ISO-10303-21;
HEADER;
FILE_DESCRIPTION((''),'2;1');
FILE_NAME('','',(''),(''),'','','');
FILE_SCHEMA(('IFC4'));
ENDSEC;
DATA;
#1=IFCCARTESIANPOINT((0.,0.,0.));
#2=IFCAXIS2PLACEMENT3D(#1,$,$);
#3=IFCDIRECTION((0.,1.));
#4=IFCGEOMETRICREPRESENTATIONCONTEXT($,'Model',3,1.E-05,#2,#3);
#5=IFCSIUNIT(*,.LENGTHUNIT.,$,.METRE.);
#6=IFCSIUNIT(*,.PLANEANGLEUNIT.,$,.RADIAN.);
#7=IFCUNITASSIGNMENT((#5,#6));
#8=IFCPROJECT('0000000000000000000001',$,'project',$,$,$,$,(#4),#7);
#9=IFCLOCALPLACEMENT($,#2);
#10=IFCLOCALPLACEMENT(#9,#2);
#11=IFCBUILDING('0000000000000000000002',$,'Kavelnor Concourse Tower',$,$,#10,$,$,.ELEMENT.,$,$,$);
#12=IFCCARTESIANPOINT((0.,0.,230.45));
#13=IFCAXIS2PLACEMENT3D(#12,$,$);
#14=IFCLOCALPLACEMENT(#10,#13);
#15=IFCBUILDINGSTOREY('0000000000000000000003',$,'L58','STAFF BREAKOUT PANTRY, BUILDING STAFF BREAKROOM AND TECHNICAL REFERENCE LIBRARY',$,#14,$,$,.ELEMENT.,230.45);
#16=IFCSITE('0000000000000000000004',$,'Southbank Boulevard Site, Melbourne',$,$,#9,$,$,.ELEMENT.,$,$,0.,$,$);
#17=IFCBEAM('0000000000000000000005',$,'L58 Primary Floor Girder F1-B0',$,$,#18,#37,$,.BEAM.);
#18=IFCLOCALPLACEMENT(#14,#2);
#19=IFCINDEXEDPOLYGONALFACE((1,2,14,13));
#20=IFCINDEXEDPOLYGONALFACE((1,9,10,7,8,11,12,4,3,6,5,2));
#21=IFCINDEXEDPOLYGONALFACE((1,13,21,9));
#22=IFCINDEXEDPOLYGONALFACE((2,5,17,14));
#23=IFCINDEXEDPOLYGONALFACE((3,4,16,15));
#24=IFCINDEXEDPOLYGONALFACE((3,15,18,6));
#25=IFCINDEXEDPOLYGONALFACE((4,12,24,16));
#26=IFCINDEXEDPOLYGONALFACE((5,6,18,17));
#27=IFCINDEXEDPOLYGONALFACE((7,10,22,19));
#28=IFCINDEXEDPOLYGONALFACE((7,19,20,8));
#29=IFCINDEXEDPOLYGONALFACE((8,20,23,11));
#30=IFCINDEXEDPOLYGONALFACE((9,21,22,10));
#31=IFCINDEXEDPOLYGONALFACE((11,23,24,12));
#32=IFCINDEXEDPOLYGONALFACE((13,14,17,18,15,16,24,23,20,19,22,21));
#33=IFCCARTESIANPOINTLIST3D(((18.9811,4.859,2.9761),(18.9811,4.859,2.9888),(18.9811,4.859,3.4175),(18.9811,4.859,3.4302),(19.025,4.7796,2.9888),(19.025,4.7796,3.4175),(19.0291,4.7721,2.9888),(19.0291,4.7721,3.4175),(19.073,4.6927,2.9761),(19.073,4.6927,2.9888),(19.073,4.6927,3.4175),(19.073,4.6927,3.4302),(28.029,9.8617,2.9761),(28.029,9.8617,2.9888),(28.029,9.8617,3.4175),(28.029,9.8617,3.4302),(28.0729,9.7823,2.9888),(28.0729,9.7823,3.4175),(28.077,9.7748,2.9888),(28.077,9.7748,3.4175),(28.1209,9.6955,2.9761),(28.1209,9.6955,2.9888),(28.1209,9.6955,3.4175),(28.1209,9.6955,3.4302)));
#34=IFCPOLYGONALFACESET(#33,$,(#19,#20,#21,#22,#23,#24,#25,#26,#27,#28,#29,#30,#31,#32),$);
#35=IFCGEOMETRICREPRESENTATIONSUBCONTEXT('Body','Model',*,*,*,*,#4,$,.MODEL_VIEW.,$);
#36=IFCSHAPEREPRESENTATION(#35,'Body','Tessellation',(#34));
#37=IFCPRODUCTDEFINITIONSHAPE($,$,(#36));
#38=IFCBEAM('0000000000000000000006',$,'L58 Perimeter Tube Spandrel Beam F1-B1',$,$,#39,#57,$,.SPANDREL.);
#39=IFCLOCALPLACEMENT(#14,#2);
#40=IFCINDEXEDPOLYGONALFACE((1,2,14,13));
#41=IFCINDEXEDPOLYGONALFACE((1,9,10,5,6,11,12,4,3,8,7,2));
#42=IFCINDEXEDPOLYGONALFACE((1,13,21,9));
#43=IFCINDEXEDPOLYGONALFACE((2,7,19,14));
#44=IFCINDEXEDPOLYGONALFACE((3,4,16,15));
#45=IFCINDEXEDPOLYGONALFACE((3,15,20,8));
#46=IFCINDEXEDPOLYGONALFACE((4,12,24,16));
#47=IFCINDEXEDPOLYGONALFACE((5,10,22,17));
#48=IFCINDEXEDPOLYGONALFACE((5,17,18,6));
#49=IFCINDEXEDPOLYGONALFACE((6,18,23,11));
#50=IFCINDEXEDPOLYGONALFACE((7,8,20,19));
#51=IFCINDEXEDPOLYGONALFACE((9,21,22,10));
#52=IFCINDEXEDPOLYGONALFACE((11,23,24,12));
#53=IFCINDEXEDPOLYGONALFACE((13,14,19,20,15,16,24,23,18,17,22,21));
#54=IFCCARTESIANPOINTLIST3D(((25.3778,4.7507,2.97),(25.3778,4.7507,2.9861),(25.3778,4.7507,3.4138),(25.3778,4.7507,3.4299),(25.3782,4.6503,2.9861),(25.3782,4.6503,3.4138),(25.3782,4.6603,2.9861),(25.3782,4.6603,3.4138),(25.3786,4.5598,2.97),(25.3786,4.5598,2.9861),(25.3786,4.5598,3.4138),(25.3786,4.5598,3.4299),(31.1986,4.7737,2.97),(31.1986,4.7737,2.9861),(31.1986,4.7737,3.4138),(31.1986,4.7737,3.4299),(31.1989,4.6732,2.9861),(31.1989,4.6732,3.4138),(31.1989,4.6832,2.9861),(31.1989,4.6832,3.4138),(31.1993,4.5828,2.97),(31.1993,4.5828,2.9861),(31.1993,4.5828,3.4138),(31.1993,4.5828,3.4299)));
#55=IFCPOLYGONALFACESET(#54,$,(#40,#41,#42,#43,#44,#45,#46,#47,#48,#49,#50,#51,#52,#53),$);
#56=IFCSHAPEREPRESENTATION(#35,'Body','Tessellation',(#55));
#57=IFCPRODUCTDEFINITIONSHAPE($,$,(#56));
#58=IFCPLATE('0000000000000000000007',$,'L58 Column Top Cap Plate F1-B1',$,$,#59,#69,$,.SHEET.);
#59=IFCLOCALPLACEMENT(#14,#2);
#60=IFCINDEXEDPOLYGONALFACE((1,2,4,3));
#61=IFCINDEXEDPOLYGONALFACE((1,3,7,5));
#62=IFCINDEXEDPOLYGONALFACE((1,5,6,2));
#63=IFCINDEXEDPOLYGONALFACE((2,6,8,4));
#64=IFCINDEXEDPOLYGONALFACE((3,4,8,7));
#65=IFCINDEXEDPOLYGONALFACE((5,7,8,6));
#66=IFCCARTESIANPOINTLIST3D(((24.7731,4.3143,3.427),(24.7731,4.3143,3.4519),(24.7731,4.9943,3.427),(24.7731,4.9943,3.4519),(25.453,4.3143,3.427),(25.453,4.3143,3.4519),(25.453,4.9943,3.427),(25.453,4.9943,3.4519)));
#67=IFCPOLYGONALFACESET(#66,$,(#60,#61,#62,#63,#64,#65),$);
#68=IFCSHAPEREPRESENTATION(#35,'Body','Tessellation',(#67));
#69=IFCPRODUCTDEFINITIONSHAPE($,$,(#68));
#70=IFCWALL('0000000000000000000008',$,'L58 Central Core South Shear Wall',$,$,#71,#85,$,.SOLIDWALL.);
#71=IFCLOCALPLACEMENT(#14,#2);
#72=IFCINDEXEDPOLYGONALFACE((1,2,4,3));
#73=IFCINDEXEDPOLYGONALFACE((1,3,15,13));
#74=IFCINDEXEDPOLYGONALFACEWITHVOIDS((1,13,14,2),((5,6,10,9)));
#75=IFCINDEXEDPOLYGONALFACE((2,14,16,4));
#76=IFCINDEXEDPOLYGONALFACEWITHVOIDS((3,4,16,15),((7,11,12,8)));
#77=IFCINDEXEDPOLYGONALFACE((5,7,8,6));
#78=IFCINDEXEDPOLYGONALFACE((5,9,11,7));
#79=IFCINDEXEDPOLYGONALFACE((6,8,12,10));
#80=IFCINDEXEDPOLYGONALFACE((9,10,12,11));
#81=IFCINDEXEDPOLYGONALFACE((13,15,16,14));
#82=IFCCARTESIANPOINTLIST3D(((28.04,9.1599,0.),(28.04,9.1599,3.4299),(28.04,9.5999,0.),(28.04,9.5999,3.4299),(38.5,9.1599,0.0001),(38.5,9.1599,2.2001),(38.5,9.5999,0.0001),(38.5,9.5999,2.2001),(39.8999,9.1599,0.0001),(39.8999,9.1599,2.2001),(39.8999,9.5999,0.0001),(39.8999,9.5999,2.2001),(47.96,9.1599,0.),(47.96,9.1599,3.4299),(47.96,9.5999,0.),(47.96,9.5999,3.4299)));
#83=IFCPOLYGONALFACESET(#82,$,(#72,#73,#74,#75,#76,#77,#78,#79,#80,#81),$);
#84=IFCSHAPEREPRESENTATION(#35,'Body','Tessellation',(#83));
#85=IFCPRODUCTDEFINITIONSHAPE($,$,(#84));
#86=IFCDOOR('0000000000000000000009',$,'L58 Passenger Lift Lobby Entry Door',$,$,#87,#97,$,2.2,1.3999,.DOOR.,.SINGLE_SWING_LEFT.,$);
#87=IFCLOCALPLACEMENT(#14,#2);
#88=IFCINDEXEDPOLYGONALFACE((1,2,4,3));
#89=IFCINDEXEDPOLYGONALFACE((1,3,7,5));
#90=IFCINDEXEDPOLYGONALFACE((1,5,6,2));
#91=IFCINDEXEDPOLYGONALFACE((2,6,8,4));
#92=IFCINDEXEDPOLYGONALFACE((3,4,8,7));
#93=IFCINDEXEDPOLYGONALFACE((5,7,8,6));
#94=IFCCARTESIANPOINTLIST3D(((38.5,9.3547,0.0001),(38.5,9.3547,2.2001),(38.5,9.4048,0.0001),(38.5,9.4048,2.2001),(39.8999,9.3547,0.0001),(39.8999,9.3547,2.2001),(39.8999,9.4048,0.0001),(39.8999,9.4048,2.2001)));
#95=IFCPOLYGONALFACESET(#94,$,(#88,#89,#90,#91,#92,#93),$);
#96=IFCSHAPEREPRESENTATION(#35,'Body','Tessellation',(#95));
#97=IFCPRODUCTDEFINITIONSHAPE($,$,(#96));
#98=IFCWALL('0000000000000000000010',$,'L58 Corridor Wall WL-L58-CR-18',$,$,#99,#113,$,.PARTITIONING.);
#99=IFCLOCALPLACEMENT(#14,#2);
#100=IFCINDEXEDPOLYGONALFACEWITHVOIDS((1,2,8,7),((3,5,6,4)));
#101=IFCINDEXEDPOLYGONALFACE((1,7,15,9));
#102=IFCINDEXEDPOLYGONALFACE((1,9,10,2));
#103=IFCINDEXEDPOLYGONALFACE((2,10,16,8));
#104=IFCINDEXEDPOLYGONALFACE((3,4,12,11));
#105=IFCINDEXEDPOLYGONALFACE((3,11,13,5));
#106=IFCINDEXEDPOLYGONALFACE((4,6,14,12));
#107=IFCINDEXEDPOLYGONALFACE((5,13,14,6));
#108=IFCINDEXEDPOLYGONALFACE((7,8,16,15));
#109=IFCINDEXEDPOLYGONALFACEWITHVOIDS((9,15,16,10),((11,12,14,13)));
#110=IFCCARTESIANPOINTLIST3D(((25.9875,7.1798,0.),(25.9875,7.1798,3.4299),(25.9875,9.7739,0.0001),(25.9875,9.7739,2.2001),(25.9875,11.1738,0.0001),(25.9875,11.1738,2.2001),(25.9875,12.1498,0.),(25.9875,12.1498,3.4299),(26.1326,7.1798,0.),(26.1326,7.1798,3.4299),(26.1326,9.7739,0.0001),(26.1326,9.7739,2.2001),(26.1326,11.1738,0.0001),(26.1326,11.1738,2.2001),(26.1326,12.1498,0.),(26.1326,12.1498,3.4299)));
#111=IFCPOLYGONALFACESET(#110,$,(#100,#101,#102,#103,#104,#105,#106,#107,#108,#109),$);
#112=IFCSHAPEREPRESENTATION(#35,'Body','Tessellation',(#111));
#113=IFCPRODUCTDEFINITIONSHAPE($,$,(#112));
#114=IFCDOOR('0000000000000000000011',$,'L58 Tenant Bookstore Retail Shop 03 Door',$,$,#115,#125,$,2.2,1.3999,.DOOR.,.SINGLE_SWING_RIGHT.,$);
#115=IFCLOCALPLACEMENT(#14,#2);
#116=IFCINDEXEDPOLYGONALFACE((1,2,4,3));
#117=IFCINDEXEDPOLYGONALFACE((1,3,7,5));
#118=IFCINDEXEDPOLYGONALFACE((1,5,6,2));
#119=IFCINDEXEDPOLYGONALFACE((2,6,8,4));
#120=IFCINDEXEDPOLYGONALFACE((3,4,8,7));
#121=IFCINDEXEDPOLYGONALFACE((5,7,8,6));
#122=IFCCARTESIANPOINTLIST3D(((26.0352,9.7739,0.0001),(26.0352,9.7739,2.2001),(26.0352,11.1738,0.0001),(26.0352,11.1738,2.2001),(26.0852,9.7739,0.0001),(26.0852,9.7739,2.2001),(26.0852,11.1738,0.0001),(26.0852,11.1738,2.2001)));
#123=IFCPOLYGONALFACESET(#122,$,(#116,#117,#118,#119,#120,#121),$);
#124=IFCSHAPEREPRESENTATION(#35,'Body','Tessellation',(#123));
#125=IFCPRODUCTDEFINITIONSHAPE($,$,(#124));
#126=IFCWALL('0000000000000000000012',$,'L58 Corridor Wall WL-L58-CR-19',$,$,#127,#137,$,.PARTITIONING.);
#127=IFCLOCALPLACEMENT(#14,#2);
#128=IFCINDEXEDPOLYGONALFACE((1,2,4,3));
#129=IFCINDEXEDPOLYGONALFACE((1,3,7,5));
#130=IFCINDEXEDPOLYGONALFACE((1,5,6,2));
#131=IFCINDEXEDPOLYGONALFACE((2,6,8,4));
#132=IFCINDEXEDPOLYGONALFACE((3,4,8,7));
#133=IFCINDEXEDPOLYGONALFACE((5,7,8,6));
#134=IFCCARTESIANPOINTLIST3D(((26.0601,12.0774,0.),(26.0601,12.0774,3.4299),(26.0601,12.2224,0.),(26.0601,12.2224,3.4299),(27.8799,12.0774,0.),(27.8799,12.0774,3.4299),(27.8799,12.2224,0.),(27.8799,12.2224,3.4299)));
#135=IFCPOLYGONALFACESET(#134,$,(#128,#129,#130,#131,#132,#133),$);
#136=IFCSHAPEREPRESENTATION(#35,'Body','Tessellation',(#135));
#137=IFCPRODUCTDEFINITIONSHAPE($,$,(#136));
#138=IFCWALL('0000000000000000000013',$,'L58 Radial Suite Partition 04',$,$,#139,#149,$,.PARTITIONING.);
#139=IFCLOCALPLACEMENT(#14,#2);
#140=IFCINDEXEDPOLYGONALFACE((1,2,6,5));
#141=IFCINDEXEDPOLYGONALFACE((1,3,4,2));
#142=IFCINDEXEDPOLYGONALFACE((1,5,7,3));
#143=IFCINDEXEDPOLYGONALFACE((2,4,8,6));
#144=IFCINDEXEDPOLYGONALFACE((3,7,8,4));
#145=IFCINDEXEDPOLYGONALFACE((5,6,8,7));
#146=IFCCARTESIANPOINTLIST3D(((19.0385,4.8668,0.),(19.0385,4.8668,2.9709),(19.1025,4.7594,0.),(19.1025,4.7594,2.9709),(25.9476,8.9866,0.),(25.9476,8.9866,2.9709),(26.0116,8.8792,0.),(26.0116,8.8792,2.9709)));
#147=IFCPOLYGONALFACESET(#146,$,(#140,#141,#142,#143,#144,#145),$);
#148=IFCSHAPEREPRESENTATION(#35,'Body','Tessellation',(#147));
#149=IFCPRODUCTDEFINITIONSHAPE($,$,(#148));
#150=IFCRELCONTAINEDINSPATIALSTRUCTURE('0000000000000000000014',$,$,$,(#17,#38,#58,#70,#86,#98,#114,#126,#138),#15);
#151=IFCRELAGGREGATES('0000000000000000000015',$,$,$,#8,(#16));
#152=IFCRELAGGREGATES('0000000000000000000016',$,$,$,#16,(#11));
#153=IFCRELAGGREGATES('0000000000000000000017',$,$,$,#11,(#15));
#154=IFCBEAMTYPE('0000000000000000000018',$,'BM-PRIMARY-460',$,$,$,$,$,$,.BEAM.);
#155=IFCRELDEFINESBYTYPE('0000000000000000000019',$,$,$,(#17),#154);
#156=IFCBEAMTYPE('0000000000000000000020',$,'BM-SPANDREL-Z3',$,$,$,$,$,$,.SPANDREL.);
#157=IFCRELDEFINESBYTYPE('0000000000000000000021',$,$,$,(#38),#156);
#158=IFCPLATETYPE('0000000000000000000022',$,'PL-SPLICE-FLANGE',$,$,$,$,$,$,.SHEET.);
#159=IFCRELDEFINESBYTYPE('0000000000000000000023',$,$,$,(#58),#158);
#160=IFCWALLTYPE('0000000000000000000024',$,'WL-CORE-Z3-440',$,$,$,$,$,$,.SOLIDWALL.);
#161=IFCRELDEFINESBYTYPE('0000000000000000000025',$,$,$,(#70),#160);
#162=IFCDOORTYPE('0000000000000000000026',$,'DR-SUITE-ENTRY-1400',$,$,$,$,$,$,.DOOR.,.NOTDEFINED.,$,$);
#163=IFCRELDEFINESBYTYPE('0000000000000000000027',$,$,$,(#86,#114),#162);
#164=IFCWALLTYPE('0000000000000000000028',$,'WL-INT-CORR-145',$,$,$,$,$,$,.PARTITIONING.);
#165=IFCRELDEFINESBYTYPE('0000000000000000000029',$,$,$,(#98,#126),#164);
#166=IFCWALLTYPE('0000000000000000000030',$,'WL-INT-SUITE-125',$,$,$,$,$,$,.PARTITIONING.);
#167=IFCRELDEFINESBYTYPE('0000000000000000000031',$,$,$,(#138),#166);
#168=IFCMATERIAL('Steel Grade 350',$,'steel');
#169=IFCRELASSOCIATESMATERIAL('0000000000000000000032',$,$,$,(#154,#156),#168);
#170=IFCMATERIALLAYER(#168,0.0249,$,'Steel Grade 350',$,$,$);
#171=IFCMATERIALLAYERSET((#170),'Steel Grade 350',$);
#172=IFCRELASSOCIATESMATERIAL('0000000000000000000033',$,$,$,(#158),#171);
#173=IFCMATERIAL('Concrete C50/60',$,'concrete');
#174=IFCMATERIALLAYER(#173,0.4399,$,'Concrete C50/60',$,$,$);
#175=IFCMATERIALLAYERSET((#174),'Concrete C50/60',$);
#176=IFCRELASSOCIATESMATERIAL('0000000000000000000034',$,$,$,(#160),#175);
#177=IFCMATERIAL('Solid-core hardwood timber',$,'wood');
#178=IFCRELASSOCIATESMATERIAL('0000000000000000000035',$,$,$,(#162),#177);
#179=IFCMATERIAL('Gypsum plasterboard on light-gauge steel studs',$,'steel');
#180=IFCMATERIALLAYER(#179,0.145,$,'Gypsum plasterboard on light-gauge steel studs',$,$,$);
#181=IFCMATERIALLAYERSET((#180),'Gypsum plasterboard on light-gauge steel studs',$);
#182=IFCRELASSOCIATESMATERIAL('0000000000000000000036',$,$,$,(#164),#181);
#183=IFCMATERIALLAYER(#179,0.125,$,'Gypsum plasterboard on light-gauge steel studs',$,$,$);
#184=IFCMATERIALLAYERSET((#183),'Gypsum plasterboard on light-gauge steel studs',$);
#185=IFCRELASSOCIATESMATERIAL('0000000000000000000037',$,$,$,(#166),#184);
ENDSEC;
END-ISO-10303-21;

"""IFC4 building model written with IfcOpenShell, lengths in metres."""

from ifc_helpers import new_model, si_unit, direction, frame, frame_2d, origin, origin_2d, place, context, subcontext, project, spatial, rectangle, i_section, extrude, material, layer, layer_set, material_profile, profile_set, type_object, element, fill, save


model = new_model("IFC4")

# Units and contexts
model_context = context("Model", 3, precision=1e-05, world=origin(), true_north=direction((0.0, 1.0)))
body_context = subcontext(model_context, "Body", "Model", "MODEL_VIEW")
ifc_project = project(units=[si_unit("LENGTHUNIT", "METRE"), si_unit("PLANEANGLEUNIT", "RADIAN")], contexts=[model_context])

# Site, building, storey
site_placement = place(None, origin())
site = spatial("IfcSite", under=ifc_project, at=site_placement, Name="Southbank Boulevard Site, Melbourne", CompositionType="ELEMENT", RefElevation=0.0)
building_placement = place(site_placement, origin())
building = spatial("IfcBuilding", under=site, at=building_placement, Name="Kavelnor Concourse Tower", CompositionType="ELEMENT")
storey_placement = place(building_placement, frame((0.0, 0.0, 230.45)))
storey = spatial("IfcBuildingStorey", under=building, at=storey_placement, Name="L58", Description="STAFF BREAKOUT PANTRY, BUILDING STAFF BREAKROOM AND TECHNICAL REFERENCE LIBRARY", CompositionType="ELEMENT", Elevation=230.45)

# Shared definitions
ifc_material_1 = material(Name="Steel Grade 350", Category="steel")

# Beams
ifc_material_profile_1 = material_profile(ifc_material_1, i_section(OverallWidth=0.1899, OverallDepth=0.4541, WebThickness=0.0085, FlangeThickness=0.0127, at=origin_2d()), Name="460UB67")
ifc_profile_set_1 = profile_set([ifc_material_profile_1], Name="Steel Grade 350")
beam_type_1 = type_object("IfcBeamType", Name="BM-PRIMARY-460", PredefinedType="BEAM", material=ifc_profile_set_1)
beam_1_placement = place(storey_placement, frame((28.075, 9.7786, 3.2031), z_axis=(-0.875137, -0.483876, 0.0), x_axis=(0.483876, -0.875137, 0.0)))
element("IfcBeam", 1, at=beam_1_placement, inside=storey, type_object=beam_type_1, Name="L58 Primary Floor Girder F1-B0", PredefinedType="BEAM", context=body_context, shape_type="SweptSolid", body=[
    extrude(i_section(OverallWidth=0.1899, OverallDepth=0.4541, WebThickness=0.0085, FlangeThickness=0.0127, at=origin_2d()), origin(), (0.0, 0.0, 1.0), 10.3389),
])
ifc_material_profile_2 = material_profile(ifc_material_1, i_section(OverallWidth=0.1909, OverallDepth=0.46, WebThickness=0.01, FlangeThickness=0.0161, at=origin_2d()), Name="460UB82")
ifc_profile_set_2 = profile_set([ifc_material_profile_2], Name="Steel Grade 350")
beam_type_2 = type_object("IfcBeamType", Name="BM-SPANDREL-Z3", PredefinedType="SPANDREL", material=ifc_profile_set_2)
beam_2_placement = place(storey_placement, frame((25.3782, 4.6553, 3.2), z_axis=(0.999992, 0.003943, 0.0), x_axis=(-0.003943, 0.999992, 0.0)))
element("IfcBeam", 2, at=beam_2_placement, inside=storey, type_object=beam_type_2, Name="L58 Perimeter Tube Spandrel Beam F1-B1", PredefinedType="SPANDREL", context=body_context, shape_type="SweptSolid", body=[
    extrude(i_section(OverallWidth=0.1909, OverallDepth=0.46, WebThickness=0.01, FlangeThickness=0.0161, at=origin_2d()), origin(), (0.0, 0.0, 1.0), 5.8208),
])

# Plate
ifc_layer_1 = layer(ifc_material_1, 0.0249, Name="Steel Grade 350")
ifc_layer_set_1 = layer_set([ifc_layer_1], Name="Steel Grade 350")
plate_type = type_object("IfcPlateType", Name="PL-SPLICE-FLANGE", PredefinedType="SHEET", material=ifc_layer_set_1)
plate_placement = place(storey_placement, frame((25.113, 4.6543, 3.427), z_axis=(0.0, 0.0, 1.0), x_axis=(1.0, 0.0, 0.0)))
element("IfcPlate", 3, at=plate_placement, inside=storey, type_object=plate_type, Name="L58 Column Top Cap Plate F1-B1", PredefinedType="SHEET", context=body_context, shape_type="SweptSolid", body=[
    extrude(rectangle(XDim=0.6799, YDim=0.6799, at=origin_2d()), origin(), (0.0, 0.0, 1.0), 0.0249),
])

# Walls, openings, doors
ifc_material_2 = material(Name="Concrete C50/60", Category="concrete")
ifc_layer_2 = layer(ifc_material_2, 0.4399, Name="Concrete C50/60")
ifc_layer_set_2 = layer_set([ifc_layer_2], Name="Concrete C50/60")
wall_type_1 = type_object("IfcWallType", Name="WL-CORE-Z3-440", PredefinedType="SOLIDWALL", material=ifc_layer_set_2)
wall_1_placement = place(storey_placement, frame((28.04, 9.3799, 0.0), z_axis=(0.0, 0.0, 1.0), x_axis=(1.0, 0.0, 0.0)))
wall_1 = element("IfcWall", 4, at=wall_1_placement, inside=storey, type_object=wall_type_1, Name="L58 Central Core South Shear Wall", PredefinedType="SOLIDWALL", context=body_context, shape_type="SweptSolid", body=[
    extrude(rectangle(XDim=19.9199, YDim=0.4399, at=frame_2d((9.96, 0.0))), origin(), (0.0, 0.0, 1.0), 3.4299),
])
opening_1_placement = place(wall_1_placement, frame((10.46, 0.0, 0.0)))
opening_1 = element("IfcOpeningElement", 5, at=opening_1_placement, cuts=wall_1, PredefinedType="OPENING", context=body_context, shape_type="SweptSolid", body=[
    extrude(rectangle(XDim=1.3999, YDim=2.2, at=frame_2d((0.7, 1.1001))), frame((0.0, 0.23, 0.0), z_axis=(0.0, -1.0, 0.0), x_axis=(1.0, 0.0, 0.0)), (0.0, 0.0, 1.0), 0.46),
])
ifc_material_3 = material(Name="Solid-core hardwood timber", Category="wood")
door_type = type_object("IfcDoorType", Name="DR-SUITE-ENTRY-1400", OperationType="NOTDEFINED", PredefinedType="DOOR", material=ifc_material_3)
door_1_placement = place(opening_1_placement, origin())
door_1 = element("IfcDoor", 6, at=door_1_placement, inside=storey, type_object=door_type, Name="L58 Passenger Lift Lobby Entry Door", OperationType="SINGLE_SWING_LEFT", OverallHeight=2.2, OverallWidth=1.3999, PredefinedType="DOOR", context=body_context, shape_type="SweptSolid", body=[
    extrude(rectangle(XDim=1.3999, YDim=2.2, at=frame_2d((0.7, 1.1001))), frame((0.0, 0.0249, 0.0), z_axis=(0.0, -1.0, 0.0), x_axis=(1.0, 0.0, 0.0)), (0.0, 0.0, 1.0), 0.05),
])
fill(opening_1, door_1)
ifc_material_4 = material(Name="Gypsum plasterboard on light-gauge steel studs", Category="steel")
ifc_layer_3 = layer(ifc_material_4, 0.145, Name="Gypsum plasterboard on light-gauge steel studs")
ifc_layer_set_3 = layer_set([ifc_layer_3], Name="Gypsum plasterboard on light-gauge steel studs")
wall_type_2 = type_object("IfcWallType", Name="WL-INT-CORR-145", PredefinedType="PARTITIONING", material=ifc_layer_set_3)
wall_2_placement = place(storey_placement, frame((26.0601, 7.1799, 0.0), z_axis=(0.0, 0.0, 1.0), x_axis=(0.0, 1.0, 0.0)))
wall_2 = element("IfcWall", 7, at=wall_2_placement, inside=storey, type_object=wall_type_2, Name="L58 Corridor Wall WL-L58-CR-18", PredefinedType="PARTITIONING", context=body_context, shape_type="SweptSolid", body=[
    extrude(rectangle(XDim=4.97, YDim=0.145, at=frame_2d((2.4849, 0.0))), origin(), (0.0, 0.0, 1.0), 3.4299),
])
opening_2_placement = place(wall_2_placement, frame((2.594, 0.0, 0.0)))
opening_2 = element("IfcOpeningElement", 8, at=opening_2_placement, cuts=wall_2, PredefinedType="OPENING", context=body_context, shape_type="SweptSolid", body=[
    extrude(rectangle(XDim=1.3999, YDim=2.2, at=frame_2d((0.7, 1.1001))), frame((0.0, 0.0825, 0.0), z_axis=(0.0, -1.0, 0.0), x_axis=(1.0, 0.0, 0.0)), (0.0, 0.0, 1.0), 0.165),
])
door_2_placement = place(opening_2_placement, origin())
door_2 = element("IfcDoor", 9, at=door_2_placement, inside=storey, type_object=door_type, Name="L58 Tenant Bookstore Retail Shop 03 Door", OperationType="SINGLE_SWING_RIGHT", OverallHeight=2.2, OverallWidth=1.3999, PredefinedType="DOOR", context=body_context, shape_type="SweptSolid", body=[
    extrude(rectangle(XDim=1.3999, YDim=2.2, at=frame_2d((0.7, 1.1001))), frame((0.0, 0.0249, 0.0), z_axis=(0.0, -1.0, 0.0), x_axis=(1.0, 0.0, 0.0)), (0.0, 0.0, 1.0), 0.05),
])
fill(opening_2, door_2)

# Walls
wall_3_placement = place(storey_placement, frame((26.0601, 12.1499, 0.0), z_axis=(0.0, 0.0, 1.0), x_axis=(1.0, 0.0, 0.0)))
element("IfcWall", 10, at=wall_3_placement, inside=storey, type_object=wall_type_2, Name="L58 Corridor Wall WL-L58-CR-19", PredefinedType="PARTITIONING", context=body_context, shape_type="SweptSolid", body=[
    extrude(rectangle(XDim=1.8198, YDim=0.145, at=frame_2d((0.9099, 0.0))), origin(), (0.0, 0.0, 1.0), 3.4299),
])
ifc_layer_4 = layer(ifc_material_4, 0.125, Name="Gypsum plasterboard on light-gauge steel studs")
ifc_layer_set_4 = layer_set([ifc_layer_4], Name="Gypsum plasterboard on light-gauge steel studs")
wall_type_3 = type_object("IfcWallType", Name="WL-INT-SUITE-125", PredefinedType="PARTITIONING", material=ifc_layer_set_4)
wall_4_placement = place(storey_placement, frame((25.9795, 8.9329, 0.0), z_axis=(0.0, 0.0, 1.0), x_axis=(-0.858896, -0.512151, 0.0)))
element("IfcWall", 11, at=wall_4_placement, inside=storey, type_object=wall_type_3, Name="L58 Radial Suite Partition 04", PredefinedType="PARTITIONING", context=body_context, shape_type="SweptSolid", body=[
    extrude(rectangle(XDim=8.0442, YDim=0.125, at=frame_2d((4.022, 0.0))), origin(), (0.0, 0.0, 1.0), 2.9709),
])

save(model, "model.ifc")
